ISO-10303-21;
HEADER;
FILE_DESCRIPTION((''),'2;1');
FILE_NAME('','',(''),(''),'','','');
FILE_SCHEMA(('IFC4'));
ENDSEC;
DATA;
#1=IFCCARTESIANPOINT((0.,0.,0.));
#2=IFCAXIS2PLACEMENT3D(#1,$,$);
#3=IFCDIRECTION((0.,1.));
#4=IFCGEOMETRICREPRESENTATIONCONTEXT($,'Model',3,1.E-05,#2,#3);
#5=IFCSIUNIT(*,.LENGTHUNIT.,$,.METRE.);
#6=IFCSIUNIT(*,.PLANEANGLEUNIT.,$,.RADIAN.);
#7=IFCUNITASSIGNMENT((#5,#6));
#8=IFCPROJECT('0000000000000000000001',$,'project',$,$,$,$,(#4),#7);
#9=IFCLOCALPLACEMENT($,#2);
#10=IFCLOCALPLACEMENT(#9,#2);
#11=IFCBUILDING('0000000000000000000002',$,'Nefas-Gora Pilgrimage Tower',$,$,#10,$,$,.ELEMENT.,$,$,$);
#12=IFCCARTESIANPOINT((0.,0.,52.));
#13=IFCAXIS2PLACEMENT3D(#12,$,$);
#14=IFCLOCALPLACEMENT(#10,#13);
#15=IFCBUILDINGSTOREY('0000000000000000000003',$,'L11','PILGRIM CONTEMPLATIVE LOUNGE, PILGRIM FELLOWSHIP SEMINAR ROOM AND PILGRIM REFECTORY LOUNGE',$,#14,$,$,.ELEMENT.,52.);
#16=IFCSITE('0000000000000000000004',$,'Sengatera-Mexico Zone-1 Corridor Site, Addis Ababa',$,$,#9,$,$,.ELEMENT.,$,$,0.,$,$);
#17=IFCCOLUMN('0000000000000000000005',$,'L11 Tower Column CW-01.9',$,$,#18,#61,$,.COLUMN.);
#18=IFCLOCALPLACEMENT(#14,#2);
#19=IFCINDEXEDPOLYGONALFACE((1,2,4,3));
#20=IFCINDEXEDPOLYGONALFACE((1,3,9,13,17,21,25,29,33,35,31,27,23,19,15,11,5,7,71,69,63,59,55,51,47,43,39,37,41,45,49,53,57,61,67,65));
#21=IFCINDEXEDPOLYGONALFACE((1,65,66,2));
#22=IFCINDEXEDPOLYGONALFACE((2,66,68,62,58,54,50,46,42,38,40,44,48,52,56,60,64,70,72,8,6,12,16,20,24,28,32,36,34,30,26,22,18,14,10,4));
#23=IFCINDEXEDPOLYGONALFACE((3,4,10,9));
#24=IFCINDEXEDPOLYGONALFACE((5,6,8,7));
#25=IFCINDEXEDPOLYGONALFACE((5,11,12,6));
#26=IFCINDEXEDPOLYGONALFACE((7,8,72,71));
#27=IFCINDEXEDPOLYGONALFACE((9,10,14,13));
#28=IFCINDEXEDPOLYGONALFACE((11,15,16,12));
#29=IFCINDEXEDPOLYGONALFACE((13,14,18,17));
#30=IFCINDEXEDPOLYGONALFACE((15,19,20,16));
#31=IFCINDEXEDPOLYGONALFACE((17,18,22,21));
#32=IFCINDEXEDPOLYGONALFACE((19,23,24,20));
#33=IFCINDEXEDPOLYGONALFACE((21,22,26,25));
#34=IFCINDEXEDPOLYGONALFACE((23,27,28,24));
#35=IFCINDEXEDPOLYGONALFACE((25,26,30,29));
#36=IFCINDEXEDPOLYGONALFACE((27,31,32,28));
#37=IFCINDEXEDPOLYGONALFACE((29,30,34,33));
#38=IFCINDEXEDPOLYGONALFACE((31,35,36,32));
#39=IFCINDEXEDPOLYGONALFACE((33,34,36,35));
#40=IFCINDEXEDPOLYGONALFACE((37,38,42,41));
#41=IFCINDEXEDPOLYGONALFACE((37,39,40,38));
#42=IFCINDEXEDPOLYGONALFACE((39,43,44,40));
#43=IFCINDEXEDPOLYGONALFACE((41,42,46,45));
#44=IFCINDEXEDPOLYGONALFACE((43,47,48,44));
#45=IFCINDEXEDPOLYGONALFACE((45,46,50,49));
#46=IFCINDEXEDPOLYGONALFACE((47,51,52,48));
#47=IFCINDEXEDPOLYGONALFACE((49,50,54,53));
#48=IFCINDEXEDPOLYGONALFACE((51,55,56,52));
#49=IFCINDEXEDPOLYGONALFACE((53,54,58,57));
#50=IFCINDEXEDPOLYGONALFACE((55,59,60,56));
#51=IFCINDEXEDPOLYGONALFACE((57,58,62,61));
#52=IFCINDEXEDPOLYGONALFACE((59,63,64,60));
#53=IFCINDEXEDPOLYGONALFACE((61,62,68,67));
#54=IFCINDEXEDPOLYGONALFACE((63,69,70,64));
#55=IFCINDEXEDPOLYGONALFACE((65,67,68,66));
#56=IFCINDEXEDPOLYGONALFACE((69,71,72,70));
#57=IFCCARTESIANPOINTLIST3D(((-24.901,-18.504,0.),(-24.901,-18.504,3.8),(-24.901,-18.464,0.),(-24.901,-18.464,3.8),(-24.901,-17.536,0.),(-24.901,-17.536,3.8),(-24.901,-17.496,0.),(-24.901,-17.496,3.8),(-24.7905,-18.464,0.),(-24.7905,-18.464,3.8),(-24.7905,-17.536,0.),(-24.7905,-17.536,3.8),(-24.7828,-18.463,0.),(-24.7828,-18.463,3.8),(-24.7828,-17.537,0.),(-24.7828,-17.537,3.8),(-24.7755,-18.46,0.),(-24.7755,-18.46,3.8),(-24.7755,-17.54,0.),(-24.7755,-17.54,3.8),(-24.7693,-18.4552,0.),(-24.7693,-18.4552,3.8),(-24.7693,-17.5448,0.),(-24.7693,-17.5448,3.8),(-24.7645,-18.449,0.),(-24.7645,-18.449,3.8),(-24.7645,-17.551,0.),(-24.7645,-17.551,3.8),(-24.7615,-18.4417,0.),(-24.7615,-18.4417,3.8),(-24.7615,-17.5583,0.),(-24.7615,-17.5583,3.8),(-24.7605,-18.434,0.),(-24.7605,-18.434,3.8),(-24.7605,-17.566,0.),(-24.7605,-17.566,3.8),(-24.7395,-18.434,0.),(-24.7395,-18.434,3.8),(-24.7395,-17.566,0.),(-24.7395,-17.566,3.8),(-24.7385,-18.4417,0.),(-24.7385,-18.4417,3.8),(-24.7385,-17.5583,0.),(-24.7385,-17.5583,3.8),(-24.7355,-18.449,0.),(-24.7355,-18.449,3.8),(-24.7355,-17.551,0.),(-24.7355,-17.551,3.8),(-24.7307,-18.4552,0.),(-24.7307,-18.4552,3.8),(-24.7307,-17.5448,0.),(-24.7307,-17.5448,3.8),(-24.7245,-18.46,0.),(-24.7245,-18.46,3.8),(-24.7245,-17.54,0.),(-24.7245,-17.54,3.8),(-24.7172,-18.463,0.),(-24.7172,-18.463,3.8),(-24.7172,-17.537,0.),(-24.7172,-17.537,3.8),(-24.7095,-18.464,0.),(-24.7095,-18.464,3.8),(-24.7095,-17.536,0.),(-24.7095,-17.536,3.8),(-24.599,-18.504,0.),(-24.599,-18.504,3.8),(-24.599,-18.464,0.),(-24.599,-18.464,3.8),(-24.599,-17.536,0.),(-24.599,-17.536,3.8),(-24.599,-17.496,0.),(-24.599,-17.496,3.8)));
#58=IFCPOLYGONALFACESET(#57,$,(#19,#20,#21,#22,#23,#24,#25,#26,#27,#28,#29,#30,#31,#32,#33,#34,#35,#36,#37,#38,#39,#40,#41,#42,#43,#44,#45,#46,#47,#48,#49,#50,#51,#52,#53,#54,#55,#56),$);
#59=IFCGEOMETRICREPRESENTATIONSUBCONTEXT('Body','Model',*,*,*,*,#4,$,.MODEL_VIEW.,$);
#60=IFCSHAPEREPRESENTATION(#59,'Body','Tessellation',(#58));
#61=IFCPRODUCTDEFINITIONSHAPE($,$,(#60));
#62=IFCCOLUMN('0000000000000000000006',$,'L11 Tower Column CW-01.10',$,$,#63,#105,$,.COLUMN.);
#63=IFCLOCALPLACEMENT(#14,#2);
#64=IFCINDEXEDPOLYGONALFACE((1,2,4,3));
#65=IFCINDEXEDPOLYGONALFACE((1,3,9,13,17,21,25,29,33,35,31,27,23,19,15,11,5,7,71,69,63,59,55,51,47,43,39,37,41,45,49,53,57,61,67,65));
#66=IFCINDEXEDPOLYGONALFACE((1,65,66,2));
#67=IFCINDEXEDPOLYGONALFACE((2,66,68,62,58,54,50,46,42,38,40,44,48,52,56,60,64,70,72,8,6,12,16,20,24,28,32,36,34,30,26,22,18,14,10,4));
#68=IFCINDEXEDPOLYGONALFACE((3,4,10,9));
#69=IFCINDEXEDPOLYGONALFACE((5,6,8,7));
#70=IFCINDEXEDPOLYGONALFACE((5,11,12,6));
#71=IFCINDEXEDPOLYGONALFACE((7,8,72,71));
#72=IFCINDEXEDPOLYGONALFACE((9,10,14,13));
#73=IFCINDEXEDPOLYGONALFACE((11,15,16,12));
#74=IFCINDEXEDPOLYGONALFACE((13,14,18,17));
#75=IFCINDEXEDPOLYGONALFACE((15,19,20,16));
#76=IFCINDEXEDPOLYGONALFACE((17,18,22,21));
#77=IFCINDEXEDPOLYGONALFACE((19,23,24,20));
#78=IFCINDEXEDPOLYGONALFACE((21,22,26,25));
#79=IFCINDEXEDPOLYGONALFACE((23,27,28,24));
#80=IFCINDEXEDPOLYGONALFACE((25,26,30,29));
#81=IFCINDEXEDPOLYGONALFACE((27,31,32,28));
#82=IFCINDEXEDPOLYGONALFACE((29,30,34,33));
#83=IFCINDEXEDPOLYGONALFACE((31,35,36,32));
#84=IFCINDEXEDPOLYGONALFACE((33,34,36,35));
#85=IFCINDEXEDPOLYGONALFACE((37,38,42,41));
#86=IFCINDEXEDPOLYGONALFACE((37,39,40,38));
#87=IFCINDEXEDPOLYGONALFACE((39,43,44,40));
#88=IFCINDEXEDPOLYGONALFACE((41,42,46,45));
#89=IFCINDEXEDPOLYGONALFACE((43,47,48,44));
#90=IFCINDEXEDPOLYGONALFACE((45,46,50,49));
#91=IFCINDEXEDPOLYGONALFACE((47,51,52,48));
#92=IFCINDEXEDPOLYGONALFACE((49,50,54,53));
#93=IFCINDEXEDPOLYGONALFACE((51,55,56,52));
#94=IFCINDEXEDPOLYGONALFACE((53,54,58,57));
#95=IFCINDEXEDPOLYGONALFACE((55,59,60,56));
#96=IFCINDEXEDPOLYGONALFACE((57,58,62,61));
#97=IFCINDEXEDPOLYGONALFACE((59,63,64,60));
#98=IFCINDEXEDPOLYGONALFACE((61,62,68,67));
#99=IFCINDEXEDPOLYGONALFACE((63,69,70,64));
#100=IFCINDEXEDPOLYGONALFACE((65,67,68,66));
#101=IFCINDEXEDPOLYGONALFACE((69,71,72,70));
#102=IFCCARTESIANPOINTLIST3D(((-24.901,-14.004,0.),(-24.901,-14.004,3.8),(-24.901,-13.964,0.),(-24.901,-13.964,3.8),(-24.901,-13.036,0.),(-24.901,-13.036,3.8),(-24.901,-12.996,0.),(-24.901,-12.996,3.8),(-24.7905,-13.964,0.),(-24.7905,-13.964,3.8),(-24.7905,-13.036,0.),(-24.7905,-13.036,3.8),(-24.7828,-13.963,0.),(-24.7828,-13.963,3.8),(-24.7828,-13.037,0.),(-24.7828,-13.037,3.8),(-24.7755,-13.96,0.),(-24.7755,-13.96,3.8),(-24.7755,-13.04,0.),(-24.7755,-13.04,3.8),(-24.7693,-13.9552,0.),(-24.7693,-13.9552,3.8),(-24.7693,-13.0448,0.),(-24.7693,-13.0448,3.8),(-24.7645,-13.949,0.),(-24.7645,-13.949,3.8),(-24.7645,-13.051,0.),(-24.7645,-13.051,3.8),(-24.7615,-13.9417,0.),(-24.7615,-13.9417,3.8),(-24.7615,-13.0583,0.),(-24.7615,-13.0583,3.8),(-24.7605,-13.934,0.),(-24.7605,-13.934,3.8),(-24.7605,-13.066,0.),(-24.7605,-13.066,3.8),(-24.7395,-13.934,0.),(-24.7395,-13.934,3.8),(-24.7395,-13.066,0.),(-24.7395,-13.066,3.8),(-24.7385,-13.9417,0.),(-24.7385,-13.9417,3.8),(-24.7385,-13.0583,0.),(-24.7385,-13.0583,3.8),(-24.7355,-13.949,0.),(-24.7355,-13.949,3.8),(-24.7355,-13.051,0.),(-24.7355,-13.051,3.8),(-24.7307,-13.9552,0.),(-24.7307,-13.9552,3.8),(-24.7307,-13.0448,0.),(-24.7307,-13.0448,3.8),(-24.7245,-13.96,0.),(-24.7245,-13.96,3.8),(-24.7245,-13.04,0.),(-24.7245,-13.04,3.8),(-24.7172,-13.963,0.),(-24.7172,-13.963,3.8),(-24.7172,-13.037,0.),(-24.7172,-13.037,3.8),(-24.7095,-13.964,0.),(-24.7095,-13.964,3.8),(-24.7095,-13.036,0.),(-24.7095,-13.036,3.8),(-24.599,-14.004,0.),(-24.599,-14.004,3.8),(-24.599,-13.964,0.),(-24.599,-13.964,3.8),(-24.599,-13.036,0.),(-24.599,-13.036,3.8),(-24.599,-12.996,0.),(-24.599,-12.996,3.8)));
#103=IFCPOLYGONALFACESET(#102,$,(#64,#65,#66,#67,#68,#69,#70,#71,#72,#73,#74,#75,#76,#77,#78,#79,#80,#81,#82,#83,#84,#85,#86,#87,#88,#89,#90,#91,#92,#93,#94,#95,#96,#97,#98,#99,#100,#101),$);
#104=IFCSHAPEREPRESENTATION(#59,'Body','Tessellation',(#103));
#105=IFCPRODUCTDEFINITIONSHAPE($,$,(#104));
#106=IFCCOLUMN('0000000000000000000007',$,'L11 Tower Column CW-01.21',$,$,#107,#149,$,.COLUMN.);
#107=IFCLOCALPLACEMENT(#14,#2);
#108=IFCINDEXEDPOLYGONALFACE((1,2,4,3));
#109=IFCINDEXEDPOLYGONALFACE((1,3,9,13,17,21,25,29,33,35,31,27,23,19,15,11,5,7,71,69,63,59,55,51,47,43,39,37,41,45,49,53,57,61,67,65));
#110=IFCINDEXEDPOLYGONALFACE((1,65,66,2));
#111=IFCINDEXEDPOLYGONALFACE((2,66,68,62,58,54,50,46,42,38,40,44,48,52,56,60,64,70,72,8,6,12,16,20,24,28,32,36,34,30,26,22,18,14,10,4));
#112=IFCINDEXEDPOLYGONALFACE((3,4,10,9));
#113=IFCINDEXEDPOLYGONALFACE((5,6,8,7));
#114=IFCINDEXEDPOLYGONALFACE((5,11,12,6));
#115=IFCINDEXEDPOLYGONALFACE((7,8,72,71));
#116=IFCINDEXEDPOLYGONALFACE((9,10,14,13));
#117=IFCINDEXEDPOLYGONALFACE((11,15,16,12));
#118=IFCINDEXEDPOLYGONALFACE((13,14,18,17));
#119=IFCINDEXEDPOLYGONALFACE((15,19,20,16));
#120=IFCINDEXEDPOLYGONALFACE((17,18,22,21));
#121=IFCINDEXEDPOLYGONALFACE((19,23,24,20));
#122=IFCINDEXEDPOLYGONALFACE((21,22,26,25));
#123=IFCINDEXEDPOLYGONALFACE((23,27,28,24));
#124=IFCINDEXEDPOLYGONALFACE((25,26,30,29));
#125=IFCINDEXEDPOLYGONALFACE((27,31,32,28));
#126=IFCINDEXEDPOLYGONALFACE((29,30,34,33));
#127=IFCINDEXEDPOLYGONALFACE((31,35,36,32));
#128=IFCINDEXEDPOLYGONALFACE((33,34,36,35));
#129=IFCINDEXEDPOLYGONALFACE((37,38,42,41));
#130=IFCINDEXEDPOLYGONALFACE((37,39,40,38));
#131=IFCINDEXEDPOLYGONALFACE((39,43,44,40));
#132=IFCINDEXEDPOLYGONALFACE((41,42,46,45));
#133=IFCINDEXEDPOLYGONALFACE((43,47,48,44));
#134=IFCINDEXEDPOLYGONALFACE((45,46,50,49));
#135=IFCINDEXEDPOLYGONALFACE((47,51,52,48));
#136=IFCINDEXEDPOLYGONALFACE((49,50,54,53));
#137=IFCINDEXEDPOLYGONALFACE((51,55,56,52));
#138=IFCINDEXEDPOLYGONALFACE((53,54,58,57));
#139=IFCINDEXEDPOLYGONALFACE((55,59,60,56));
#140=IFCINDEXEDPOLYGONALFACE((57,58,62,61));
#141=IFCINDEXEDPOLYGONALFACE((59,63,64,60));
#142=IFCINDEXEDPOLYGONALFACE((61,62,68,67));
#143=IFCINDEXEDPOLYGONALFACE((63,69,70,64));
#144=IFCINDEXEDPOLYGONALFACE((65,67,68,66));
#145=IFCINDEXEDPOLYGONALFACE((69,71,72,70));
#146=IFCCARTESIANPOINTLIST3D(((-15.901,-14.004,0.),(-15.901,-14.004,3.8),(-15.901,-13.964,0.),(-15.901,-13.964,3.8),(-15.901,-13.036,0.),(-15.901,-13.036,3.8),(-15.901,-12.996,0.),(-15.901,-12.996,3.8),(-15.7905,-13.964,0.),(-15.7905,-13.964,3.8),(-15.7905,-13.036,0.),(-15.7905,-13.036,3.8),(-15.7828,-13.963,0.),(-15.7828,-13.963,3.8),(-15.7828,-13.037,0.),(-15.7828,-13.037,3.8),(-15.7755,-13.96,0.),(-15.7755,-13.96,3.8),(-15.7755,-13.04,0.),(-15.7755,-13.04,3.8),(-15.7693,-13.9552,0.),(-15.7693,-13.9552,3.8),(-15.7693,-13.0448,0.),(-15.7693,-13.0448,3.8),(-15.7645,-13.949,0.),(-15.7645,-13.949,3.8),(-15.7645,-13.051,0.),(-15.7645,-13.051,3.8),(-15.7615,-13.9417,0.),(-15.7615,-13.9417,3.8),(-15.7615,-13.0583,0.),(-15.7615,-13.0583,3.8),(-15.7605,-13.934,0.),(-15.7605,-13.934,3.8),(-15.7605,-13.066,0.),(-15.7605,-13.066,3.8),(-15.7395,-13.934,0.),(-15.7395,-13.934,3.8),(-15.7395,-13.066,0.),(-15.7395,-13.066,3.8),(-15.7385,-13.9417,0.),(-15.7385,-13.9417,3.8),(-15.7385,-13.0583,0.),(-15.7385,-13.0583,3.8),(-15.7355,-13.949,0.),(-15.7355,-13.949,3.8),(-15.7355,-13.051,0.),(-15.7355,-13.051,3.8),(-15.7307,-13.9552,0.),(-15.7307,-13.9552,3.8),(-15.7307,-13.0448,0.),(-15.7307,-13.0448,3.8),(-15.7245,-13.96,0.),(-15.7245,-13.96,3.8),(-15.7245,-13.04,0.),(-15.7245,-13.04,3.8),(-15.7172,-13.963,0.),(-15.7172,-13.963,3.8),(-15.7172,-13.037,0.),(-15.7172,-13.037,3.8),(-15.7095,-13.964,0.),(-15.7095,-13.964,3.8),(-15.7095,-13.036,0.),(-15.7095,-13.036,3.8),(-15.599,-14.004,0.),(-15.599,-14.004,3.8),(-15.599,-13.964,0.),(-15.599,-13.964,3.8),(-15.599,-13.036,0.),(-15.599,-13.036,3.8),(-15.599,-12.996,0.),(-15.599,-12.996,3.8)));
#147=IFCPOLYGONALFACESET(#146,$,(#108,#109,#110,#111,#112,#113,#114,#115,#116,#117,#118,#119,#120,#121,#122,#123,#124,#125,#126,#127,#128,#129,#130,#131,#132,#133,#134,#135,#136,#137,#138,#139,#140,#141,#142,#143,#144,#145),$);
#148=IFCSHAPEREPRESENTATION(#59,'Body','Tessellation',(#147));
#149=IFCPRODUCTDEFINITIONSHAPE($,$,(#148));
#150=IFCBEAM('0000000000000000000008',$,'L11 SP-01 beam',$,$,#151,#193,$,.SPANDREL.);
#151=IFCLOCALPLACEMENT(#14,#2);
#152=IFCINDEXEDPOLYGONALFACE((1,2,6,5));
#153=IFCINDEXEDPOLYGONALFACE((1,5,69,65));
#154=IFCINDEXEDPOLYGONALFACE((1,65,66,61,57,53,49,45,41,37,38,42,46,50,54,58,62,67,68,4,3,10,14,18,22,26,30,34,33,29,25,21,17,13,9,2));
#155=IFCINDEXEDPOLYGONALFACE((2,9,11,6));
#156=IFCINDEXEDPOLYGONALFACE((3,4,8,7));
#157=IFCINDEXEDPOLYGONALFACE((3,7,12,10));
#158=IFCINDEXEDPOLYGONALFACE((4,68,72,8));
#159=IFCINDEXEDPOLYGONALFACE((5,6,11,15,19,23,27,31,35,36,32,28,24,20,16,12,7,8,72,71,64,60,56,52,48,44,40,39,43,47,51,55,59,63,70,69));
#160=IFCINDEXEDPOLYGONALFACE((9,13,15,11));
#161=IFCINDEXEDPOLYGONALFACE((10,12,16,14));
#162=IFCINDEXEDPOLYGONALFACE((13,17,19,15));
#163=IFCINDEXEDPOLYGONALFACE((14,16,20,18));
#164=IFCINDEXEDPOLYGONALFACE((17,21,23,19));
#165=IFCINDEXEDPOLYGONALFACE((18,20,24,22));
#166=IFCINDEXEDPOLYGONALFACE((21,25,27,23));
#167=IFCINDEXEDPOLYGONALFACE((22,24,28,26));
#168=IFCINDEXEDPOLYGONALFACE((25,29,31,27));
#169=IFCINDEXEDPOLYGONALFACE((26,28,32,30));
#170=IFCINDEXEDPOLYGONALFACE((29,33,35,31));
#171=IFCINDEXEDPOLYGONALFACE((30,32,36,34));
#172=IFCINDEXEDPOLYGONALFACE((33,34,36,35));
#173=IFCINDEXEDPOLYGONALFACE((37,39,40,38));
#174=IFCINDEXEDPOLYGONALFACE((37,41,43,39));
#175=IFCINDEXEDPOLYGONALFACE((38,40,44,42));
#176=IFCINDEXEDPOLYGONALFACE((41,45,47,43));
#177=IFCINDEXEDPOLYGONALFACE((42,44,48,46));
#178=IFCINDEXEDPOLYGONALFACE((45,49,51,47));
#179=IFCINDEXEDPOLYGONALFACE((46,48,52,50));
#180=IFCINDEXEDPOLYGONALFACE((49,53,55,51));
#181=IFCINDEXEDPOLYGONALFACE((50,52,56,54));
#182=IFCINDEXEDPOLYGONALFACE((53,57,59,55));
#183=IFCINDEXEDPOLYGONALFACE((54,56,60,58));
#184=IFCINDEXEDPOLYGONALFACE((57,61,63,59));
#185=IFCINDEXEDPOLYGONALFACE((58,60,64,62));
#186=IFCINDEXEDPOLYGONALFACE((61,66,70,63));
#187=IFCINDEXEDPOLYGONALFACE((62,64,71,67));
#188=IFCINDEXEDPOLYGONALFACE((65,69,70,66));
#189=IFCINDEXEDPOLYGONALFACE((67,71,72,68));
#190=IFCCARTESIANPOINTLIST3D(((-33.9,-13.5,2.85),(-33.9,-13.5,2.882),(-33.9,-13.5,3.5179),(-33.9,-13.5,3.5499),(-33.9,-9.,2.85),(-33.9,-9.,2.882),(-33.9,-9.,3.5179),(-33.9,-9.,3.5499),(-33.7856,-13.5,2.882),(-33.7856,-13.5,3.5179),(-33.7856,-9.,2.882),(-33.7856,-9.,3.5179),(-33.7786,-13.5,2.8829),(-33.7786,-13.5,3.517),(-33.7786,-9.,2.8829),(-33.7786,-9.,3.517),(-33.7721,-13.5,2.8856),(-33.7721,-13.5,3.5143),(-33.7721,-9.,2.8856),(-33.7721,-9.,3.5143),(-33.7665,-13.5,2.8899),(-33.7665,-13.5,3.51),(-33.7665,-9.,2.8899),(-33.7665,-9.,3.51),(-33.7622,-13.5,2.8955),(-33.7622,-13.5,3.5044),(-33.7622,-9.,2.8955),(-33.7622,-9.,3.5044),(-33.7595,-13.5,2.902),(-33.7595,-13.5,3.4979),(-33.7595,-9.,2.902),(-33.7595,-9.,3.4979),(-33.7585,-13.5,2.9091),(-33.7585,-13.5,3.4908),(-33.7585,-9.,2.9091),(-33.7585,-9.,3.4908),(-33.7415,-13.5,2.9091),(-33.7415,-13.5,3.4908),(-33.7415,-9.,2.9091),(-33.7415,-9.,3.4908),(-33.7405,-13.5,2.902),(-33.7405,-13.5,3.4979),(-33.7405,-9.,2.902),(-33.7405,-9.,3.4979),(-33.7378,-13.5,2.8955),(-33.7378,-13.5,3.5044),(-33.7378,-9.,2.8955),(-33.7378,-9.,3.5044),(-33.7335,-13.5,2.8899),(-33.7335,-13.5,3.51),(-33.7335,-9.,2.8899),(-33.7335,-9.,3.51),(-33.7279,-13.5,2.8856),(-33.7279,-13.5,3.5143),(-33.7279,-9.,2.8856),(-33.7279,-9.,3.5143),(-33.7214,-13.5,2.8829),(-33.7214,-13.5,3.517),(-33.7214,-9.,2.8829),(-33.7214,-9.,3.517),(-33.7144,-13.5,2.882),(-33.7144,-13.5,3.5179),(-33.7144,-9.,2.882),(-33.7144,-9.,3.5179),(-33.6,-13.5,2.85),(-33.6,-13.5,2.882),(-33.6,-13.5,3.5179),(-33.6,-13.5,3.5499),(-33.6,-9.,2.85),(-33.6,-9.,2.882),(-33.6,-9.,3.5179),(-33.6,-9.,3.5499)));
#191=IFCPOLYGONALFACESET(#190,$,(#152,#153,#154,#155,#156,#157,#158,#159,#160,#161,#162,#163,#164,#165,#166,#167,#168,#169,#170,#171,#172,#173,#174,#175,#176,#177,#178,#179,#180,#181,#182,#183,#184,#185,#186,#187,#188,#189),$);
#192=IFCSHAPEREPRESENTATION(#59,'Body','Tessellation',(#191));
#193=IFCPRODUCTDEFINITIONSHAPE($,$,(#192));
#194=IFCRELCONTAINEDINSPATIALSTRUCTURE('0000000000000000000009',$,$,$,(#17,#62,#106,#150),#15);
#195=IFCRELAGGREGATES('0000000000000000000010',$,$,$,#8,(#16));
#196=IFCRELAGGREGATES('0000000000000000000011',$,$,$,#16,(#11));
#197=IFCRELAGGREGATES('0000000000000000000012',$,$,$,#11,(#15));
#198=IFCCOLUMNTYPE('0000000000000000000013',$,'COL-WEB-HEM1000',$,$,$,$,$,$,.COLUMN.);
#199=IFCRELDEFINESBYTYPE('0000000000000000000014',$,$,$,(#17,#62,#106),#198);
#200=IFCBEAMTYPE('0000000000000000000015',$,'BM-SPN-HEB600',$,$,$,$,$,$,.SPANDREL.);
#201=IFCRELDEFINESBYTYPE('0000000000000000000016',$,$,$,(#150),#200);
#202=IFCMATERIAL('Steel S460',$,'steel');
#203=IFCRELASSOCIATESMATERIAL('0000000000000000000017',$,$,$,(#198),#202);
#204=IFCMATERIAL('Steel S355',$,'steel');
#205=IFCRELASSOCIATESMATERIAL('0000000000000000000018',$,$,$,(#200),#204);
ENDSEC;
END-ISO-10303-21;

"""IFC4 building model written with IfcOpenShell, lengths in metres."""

from ifc_helpers import new_model, si_unit, direction, frame, origin, origin_2d, place, context, subcontext, project, spatial, i_section, extrude, source, transform, mapped, material, material_profile, profile_set, type_object, element, save


model = new_model("IFC4")

# Units and contexts
model_context = context("Model", 3, precision=1e-05, world=origin(), true_north=direction((0.0, 1.0)))
body_context = subcontext(model_context, "Body", "Model", "MODEL_VIEW")
ifc_project = project(units=[si_unit("LENGTHUNIT", "METRE"), si_unit("PLANEANGLEUNIT", "RADIAN")], contexts=[model_context])

# Site, building, storey
site_placement = place(None, origin())
site = spatial("IfcSite", under=ifc_project, at=site_placement, Name="Sengatera-Mexico Zone-1 Corridor Site, Addis Ababa", CompositionType="ELEMENT", RefElevation=0.0)
building_placement = place(site_placement, origin())
building = spatial("IfcBuilding", under=site, at=building_placement, Name="Nefas-Gora Pilgrimage Tower", CompositionType="ELEMENT")
storey_placement = place(building_placement, frame((0.0, 0.0, 52.0)))
storey = spatial("IfcBuildingStorey", under=building, at=storey_placement, Name="L11", Description="PILGRIM CONTEMPLATIVE LOUNGE, PILGRIM FELLOWSHIP SEMINAR ROOM AND PILGRIM REFECTORY LOUNGE", CompositionType="ELEMENT", Elevation=52.0)

# Columns
ifc_material_1 = material(Name="Steel S460", Category="steel")
ifc_material_profile_1 = material_profile(ifc_material_1, i_section(OverallWidth=0.302, OverallDepth=1.0081, WebThickness=0.021, FlangeThickness=0.04, FilletRadius=0.03, at=origin_2d()), Name="HEM 1000")
ifc_profile_set_1 = profile_set([ifc_material_profile_1], Name="Steel S460")
column_type_1 = type_object("IfcColumnType", Name="COL-WEB-HEM1000", PredefinedType="COLUMN", material=ifc_profile_set_1)
shared_shape_1 = source(origin(), body_context, "Body", "SweptSolid", [
    extrude(i_section(OverallWidth=0.302, OverallDepth=1.0081, WebThickness=0.021, FlangeThickness=0.04, FilletRadius=0.03, at=origin_2d()), origin(), (0.0, 0.0, 1.0), 3.8),
])
for number, where, z_axis, x_axis, name in (
    (1, (-24.75, -18.0, 0.0), (0.0, 0.0, 1.0), (1.0, 0.0, 0.0), "L11 Tower Column CW-01.9"),
    (2, (-24.75, -13.5, 0.0), (0.0, 0.0, 1.0), (1.0, 0.0, 0.0), "L11 Tower Column CW-01.10"),
    (3, (-15.75, -13.5, 0.0), (0.0, 0.0, 1.0), (1.0, 0.0, 0.0), "L11 Tower Column CW-01.21"),
):
    element("IfcColumn", number, at=place(storey_placement, frame(where, z_axis=z_axis, x_axis=x_axis)), inside=storey, type_object=column_type_1, Name=name, PredefinedType="COLUMN", context=body_context, shape_type="MappedRepresentation", body=[
        mapped(shared_shape_1, transform((0.0, 0.0, 0.0), x_axis=(1.0, 0.0, 0.0), y_axis=(0.0, 1.0, 0.0), z_axis=(0.0, 0.0, 1.0), scale=1.0)),
    ])

# Beam
ifc_material_2 = material(Name="Steel S355", Category="steel")
ifc_material_profile_2 = material_profile(ifc_material_2, i_section(OverallWidth=0.3, OverallDepth=0.7, WebThickness=0.0171, FlangeThickness=0.032, FilletRadius=0.0271, at=origin_2d()), Name="HEB 700")
ifc_profile_set_2 = profile_set([ifc_material_profile_2], Name="Steel S355")
beam_type_1 = type_object("IfcBeamType", Name="BM-SPN-HEB600", PredefinedType="SPANDREL", material=ifc_profile_set_2)
shared_shape_2 = source(origin(), body_context, "Body", "SweptSolid", [
    extrude(i_section(OverallWidth=0.3, OverallDepth=0.7, WebThickness=0.0171, FlangeThickness=0.032, FilletRadius=0.0271, at=origin_2d()), origin(), (0.0, 0.0, 1.0), 4.5),
])
for number, where, z_axis, x_axis, name in (
    (4, (-33.75, -13.5, 3.2), (0.0, 1.0, 0.0), (-1.0, 0.0, 0.0), "L11 SP-01 beam"),
):
    element("IfcBeam", number, at=place(storey_placement, frame(where, z_axis=z_axis, x_axis=x_axis)), inside=storey, type_object=beam_type_1, Name=name, PredefinedType="SPANDREL", context=body_context, shape_type="MappedRepresentation", body=[
        mapped(shared_shape_2, transform((0.0, 0.0, 0.0), x_axis=(1.0, 0.0, 0.0), y_axis=(0.0, 1.0, 0.0), z_axis=(0.0, 0.0, 1.0), scale=1.0)),
    ])

save(model, "model.ifc")
